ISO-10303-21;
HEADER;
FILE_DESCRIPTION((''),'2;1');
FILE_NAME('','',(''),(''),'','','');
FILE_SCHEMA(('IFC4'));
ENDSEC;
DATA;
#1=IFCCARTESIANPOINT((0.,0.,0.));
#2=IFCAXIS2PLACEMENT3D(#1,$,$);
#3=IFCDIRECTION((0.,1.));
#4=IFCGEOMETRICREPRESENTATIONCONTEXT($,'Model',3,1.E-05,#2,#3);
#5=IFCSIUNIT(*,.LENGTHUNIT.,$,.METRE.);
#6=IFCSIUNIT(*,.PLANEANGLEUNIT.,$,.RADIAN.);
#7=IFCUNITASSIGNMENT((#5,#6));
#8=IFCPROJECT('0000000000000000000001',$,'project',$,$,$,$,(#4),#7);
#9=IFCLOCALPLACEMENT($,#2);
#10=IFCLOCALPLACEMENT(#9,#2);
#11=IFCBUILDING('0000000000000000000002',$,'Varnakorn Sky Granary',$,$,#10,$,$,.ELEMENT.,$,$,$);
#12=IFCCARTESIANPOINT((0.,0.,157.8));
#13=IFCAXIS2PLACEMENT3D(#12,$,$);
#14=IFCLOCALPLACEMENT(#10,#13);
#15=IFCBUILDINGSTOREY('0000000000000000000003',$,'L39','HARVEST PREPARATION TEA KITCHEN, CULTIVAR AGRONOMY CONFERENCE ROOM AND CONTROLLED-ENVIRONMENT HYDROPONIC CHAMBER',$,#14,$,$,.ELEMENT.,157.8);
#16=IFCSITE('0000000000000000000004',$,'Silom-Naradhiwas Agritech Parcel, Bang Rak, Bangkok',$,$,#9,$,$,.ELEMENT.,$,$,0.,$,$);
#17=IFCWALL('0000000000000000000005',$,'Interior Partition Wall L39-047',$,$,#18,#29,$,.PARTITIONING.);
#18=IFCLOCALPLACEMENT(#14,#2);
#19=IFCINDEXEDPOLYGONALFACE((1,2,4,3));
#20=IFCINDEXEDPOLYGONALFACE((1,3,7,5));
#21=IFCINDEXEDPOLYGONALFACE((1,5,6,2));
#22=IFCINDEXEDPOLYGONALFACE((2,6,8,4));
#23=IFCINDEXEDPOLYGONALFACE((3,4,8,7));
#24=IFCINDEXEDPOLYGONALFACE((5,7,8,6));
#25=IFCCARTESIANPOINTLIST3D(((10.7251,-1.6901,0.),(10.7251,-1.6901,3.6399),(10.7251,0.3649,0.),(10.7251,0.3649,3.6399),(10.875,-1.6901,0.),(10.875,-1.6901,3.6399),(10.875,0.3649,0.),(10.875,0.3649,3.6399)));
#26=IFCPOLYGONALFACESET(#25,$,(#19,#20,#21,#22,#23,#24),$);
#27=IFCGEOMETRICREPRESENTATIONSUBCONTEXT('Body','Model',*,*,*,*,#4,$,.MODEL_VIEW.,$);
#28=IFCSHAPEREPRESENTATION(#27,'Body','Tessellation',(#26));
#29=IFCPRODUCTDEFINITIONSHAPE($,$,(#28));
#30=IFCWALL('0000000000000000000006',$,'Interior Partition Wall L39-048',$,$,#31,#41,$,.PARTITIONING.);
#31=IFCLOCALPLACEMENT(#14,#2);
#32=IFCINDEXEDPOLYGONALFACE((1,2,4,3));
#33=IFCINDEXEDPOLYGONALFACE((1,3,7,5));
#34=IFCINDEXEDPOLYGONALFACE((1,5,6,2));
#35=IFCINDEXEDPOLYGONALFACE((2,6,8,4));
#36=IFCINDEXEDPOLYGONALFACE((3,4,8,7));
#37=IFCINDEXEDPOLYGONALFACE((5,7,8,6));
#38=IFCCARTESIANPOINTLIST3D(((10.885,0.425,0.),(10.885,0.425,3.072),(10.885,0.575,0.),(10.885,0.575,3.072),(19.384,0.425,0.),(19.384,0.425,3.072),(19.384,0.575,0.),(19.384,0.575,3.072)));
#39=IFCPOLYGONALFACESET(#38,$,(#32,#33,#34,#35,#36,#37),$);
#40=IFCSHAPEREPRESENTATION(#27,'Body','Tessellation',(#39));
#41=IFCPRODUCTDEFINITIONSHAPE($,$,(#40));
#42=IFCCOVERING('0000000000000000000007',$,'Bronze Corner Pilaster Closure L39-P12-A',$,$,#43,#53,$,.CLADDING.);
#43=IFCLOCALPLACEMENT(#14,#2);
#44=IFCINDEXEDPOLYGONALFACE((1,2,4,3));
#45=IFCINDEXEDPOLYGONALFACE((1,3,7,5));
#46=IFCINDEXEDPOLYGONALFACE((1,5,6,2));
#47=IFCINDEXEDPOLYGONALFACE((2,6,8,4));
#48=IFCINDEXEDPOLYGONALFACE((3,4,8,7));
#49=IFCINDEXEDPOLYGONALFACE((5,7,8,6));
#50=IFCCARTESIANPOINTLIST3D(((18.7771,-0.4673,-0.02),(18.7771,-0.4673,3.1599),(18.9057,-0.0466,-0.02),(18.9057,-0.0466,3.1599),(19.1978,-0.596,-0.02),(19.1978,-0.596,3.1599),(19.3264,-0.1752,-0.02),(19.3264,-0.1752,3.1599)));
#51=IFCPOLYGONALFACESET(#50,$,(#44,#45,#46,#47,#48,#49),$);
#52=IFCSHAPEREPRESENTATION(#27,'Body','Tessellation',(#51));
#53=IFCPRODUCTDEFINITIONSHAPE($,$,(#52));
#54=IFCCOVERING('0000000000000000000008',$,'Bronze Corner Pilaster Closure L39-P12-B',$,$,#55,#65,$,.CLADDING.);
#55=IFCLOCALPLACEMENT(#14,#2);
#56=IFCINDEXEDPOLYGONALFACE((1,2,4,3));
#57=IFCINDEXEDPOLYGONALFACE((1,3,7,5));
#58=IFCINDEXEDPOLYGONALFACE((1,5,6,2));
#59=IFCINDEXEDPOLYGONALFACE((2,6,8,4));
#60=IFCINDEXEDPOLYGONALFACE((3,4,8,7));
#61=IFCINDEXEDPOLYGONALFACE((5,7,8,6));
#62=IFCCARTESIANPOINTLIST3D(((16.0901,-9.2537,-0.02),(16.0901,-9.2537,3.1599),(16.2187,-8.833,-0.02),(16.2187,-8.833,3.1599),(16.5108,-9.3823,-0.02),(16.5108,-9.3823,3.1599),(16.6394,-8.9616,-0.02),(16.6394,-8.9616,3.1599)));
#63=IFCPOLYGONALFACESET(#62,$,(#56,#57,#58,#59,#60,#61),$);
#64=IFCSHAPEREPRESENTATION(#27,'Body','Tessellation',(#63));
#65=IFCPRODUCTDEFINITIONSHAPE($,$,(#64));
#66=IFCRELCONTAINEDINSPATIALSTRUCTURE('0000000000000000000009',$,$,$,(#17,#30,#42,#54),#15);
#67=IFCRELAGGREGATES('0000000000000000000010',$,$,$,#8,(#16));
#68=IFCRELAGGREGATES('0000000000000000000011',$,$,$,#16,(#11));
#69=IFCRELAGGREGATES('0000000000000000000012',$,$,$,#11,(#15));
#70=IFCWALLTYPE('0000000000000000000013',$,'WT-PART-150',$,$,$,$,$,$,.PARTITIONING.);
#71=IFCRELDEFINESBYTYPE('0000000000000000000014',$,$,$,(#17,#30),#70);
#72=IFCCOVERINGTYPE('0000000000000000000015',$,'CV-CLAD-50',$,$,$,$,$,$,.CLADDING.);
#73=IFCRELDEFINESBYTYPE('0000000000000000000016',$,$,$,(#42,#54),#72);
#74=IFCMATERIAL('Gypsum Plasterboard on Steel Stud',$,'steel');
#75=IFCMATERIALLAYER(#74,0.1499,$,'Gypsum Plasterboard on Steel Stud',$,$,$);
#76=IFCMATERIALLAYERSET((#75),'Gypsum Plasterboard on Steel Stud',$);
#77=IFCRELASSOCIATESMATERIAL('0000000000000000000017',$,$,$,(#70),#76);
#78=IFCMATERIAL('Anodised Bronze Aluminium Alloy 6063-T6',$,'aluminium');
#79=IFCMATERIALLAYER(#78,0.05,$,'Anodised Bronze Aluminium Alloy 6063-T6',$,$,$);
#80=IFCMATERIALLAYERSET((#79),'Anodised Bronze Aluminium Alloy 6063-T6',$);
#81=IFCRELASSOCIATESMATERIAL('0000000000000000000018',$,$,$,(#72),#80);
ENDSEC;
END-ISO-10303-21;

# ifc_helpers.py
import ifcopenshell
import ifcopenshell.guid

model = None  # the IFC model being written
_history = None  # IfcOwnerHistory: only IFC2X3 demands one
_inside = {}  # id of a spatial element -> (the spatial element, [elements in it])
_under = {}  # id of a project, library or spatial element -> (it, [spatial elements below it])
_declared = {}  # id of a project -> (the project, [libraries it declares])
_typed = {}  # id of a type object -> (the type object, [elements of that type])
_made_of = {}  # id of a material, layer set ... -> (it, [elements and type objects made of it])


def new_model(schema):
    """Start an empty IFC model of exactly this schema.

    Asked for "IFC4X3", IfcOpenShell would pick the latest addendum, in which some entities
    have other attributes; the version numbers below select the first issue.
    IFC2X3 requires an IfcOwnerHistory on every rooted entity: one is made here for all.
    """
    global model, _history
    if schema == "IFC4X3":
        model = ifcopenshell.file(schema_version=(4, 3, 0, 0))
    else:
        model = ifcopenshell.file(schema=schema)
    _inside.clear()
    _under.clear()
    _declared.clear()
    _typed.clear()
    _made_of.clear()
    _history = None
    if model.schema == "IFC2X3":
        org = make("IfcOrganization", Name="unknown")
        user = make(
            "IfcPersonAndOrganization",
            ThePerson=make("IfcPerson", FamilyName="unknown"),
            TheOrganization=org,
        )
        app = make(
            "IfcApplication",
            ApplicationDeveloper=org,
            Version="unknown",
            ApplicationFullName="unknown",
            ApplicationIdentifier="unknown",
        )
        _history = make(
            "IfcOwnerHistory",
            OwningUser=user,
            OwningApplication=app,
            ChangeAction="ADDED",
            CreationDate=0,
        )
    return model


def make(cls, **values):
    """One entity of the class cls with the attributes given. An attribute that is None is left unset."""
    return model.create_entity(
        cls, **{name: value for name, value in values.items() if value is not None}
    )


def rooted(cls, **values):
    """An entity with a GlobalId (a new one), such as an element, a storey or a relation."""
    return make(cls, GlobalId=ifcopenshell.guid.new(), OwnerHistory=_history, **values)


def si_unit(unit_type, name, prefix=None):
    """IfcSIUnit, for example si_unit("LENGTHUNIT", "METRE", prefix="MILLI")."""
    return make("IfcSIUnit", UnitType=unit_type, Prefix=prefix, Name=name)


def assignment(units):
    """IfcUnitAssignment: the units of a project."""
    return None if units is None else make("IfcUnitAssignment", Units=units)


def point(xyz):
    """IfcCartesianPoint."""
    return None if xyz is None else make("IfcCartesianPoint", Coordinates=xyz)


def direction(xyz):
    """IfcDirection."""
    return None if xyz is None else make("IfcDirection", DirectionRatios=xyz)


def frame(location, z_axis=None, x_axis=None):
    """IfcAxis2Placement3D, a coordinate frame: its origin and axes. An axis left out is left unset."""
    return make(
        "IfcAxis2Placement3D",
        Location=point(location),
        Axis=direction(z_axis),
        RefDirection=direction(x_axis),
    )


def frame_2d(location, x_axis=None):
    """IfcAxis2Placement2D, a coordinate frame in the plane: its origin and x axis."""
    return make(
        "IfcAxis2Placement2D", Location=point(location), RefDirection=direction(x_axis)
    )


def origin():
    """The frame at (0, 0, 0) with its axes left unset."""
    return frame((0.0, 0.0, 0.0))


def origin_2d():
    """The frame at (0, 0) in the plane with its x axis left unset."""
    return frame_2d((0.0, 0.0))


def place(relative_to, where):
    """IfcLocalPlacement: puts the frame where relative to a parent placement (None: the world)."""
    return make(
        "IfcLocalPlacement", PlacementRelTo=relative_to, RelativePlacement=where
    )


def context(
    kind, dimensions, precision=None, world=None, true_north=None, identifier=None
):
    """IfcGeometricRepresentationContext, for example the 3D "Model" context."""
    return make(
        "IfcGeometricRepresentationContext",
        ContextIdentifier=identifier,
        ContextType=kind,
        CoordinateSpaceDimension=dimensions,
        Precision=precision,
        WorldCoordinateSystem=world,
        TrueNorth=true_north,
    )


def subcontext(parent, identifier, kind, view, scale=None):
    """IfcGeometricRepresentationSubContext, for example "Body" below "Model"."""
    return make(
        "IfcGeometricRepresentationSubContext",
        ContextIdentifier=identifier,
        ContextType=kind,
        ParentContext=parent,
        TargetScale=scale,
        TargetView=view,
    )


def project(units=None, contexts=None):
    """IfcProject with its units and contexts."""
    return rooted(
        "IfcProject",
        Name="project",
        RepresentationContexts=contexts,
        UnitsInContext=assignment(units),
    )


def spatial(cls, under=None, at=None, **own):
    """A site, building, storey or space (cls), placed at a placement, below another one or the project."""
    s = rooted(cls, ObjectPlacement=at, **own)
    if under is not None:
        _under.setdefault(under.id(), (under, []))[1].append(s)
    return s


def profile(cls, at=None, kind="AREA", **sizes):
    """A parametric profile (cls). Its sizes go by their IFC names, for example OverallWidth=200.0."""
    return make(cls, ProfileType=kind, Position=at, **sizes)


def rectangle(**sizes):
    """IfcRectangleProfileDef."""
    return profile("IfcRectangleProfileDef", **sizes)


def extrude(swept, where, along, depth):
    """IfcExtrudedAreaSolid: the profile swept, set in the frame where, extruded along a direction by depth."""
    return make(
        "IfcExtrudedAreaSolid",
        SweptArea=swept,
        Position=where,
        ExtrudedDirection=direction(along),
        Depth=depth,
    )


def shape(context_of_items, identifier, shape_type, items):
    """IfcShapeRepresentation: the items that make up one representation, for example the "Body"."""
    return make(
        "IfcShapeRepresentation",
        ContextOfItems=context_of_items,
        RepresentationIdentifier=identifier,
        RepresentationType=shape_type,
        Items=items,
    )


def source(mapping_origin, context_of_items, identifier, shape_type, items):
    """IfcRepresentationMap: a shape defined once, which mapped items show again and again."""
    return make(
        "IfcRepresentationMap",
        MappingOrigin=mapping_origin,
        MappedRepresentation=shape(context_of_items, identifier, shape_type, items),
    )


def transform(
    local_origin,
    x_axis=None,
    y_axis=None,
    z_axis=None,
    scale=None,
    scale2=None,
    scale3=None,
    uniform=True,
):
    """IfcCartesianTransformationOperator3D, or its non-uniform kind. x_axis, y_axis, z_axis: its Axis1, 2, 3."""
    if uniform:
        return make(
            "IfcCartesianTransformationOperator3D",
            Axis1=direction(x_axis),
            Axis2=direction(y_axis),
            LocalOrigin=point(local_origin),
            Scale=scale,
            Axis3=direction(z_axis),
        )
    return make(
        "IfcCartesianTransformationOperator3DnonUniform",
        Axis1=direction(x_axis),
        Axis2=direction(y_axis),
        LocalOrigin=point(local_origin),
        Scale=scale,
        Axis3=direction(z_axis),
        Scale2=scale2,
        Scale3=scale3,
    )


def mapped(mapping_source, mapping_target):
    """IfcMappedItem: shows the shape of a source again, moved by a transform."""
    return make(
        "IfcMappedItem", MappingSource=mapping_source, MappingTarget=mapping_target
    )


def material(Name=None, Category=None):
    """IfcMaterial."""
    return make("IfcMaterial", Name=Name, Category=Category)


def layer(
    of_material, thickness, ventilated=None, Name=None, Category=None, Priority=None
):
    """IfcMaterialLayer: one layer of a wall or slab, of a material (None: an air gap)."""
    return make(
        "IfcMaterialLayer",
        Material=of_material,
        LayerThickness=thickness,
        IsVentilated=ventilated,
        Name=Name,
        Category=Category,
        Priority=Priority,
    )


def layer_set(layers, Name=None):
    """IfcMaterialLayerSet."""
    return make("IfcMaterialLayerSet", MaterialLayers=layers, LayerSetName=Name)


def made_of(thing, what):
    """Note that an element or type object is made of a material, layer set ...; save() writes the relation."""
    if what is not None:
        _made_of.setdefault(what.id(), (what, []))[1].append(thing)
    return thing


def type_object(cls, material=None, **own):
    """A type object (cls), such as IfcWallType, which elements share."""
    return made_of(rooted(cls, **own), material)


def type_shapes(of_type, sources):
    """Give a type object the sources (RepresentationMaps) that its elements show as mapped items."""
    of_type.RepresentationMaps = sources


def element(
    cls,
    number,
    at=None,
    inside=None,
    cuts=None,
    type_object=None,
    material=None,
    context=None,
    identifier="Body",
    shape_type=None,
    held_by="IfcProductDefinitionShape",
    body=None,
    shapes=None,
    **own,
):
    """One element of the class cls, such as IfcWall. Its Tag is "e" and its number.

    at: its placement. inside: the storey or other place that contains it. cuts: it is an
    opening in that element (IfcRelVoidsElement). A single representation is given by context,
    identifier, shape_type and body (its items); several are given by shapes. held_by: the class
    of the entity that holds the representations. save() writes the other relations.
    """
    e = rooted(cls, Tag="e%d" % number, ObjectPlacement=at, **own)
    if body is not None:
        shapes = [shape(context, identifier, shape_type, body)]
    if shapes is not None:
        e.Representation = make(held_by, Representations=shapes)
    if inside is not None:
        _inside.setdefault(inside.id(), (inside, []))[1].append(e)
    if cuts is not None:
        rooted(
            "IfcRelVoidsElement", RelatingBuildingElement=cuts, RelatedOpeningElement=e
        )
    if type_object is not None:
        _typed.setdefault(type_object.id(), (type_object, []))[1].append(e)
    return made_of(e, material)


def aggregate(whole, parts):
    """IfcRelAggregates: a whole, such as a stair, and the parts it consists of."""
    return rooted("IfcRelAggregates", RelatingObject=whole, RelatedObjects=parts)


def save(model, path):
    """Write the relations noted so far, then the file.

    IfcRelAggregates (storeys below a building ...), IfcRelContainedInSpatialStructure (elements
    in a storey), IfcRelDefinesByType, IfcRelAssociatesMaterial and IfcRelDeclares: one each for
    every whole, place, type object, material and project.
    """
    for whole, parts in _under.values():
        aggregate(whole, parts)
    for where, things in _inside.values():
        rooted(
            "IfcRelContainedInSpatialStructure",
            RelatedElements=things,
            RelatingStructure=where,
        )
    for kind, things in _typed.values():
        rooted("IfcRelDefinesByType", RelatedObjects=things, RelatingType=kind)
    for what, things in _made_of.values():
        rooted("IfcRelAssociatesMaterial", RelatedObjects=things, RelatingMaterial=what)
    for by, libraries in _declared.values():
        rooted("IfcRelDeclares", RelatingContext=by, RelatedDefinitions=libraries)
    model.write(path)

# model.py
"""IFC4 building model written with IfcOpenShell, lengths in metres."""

from ifc_helpers import new_model, si_unit, direction, frame, frame_2d, origin, origin_2d, place, context, subcontext, project, spatial, rectangle, extrude, source, transform, mapped, material, layer, layer_set, type_object, type_shapes, element, save


model = new_model("IFC4")

# Units and contexts
model_context = context("Model", 3, precision=1e-05, world=origin(), true_north=direction((0.0, 1.0)))
body_context = subcontext(model_context, "Body", "Model", "MODEL_VIEW")
ifc_project = project(units=[si_unit("LENGTHUNIT", "METRE"), si_unit("PLANEANGLEUNIT", "RADIAN")], contexts=[model_context])

# Site, building, storey
site_placement = place(None, origin())
site = spatial("IfcSite", under=ifc_project, at=site_placement, Name="Silom-Naradhiwas Agritech Parcel, Bang Rak, Bangkok", CompositionType="ELEMENT", RefElevation=0.0)
building_placement = place(site_placement, origin())
building = spatial("IfcBuilding", under=site, at=building_placement, Name="Varnakorn Sky Granary", CompositionType="ELEMENT")
storey_placement = place(building_placement, frame((0.0, 0.0, 157.8)))
storey = spatial("IfcBuildingStorey", under=building, at=storey_placement, Name="L39", Description="HARVEST PREPARATION TEA KITCHEN, CULTIVAR AGRONOMY CONFERENCE ROOM AND CONTROLLED-ENVIRONMENT HYDROPONIC CHAMBER", CompositionType="ELEMENT", Elevation=157.8)

# Shared definitions
ifc_material_1 = material(Name="Anodised Bronze Aluminium Alloy 6063-T6", Category="aluminium")

# Shared definitions
ifc_material_2 = material(Name="Gypsum Plasterboard on Steel Stud", Category="steel")
ifc_layer_1 = layer(ifc_material_2, 0.1499, Name="Gypsum Plasterboard on Steel Stud")
ifc_layer_set_1 = layer_set([ifc_layer_1], Name="Gypsum Plasterboard on Steel Stud")
wall_type_1 = type_object("IfcWallType", Name="WT-PART-150", PredefinedType="PARTITIONING", material=ifc_layer_set_1)

# Walls
wall_1_placement = place(storey_placement, frame((10.8, -1.6899, 0.0), z_axis=(0.0, 0.0, 1.0), x_axis=(0.0, 1.0, 0.0)))
element("IfcWall", 1, at=wall_1_placement, inside=storey, type_object=wall_type_1, Name="Interior Partition Wall L39-047", PredefinedType="PARTITIONING", context=body_context, shape_type="SweptSolid", body=[
    extrude(rectangle(XDim=2.0549, YDim=0.1499, at=frame_2d((1.0273, 0.0))), origin(), (0.0, 0.0, 1.0), 3.6399),
])
wall_2_placement = place(storey_placement, frame((10.885, 0.5, 0.0), z_axis=(0.0, 0.0, 1.0), x_axis=(1.0, 0.0, 0.0)))
element("IfcWall", 2, at=wall_2_placement, inside=storey, type_object=wall_type_1, Name="Interior Partition Wall L39-048", PredefinedType="PARTITIONING", context=body_context, shape_type="SweptSolid", body=[
    extrude(rectangle(XDim=8.499, YDim=0.1499, at=frame_2d((4.2495, 0.0))), origin(), (0.0, 0.0, 1.0), 3.072),
])

# Coverings
ifc_layer_2 = layer(ifc_material_1, 0.05, Name="Anodised Bronze Aluminium Alloy 6063-T6")
ifc_layer_set_2 = layer_set([ifc_layer_2], Name="Anodised Bronze Aluminium Alloy 6063-T6")
covering_type = type_object("IfcCoveringType", Name="CV-CLAD-50", PredefinedType="CLADDING", material=ifc_layer_set_2)
shared_shape = source(origin(), body_context, "Body", "SweptSolid", [
    extrude(rectangle(XDim=0.4399, YDim=0.4399, at=origin_2d()), origin(), (0.0, 0.0, 1.0), 3.1799),
])
type_shapes(covering_type, [shared_shape])
for number, where, z_axis, x_axis, name in (
    (3, (19.0518, -0.3213, -0.02), (0.0, 0.0, 1.0), (-0.292372, -0.956305, 0.0), "Bronze Corner Pilaster Closure L39-P12-A"),
    (4, (16.3647, -9.1077, -0.02), (0.0, 0.0, 1.0), (-0.292372, -0.956305, 0.0), "Bronze Corner Pilaster Closure L39-P12-B"),
):
    element("IfcCovering", number, at=place(storey_placement, frame(where, z_axis=z_axis, x_axis=x_axis)), inside=storey, type_object=covering_type, Name=name, PredefinedType="CLADDING", context=body_context, shape_type="MappedRepresentation", body=[
        mapped(shared_shape, transform((0.0, 0.0, 0.0), x_axis=(1.0, 0.0, 0.0), y_axis=(0.0, 1.0, 0.0), z_axis=(0.0, 0.0, 1.0), scale=1.0)),
    ])

save(model, "model.ifc")
